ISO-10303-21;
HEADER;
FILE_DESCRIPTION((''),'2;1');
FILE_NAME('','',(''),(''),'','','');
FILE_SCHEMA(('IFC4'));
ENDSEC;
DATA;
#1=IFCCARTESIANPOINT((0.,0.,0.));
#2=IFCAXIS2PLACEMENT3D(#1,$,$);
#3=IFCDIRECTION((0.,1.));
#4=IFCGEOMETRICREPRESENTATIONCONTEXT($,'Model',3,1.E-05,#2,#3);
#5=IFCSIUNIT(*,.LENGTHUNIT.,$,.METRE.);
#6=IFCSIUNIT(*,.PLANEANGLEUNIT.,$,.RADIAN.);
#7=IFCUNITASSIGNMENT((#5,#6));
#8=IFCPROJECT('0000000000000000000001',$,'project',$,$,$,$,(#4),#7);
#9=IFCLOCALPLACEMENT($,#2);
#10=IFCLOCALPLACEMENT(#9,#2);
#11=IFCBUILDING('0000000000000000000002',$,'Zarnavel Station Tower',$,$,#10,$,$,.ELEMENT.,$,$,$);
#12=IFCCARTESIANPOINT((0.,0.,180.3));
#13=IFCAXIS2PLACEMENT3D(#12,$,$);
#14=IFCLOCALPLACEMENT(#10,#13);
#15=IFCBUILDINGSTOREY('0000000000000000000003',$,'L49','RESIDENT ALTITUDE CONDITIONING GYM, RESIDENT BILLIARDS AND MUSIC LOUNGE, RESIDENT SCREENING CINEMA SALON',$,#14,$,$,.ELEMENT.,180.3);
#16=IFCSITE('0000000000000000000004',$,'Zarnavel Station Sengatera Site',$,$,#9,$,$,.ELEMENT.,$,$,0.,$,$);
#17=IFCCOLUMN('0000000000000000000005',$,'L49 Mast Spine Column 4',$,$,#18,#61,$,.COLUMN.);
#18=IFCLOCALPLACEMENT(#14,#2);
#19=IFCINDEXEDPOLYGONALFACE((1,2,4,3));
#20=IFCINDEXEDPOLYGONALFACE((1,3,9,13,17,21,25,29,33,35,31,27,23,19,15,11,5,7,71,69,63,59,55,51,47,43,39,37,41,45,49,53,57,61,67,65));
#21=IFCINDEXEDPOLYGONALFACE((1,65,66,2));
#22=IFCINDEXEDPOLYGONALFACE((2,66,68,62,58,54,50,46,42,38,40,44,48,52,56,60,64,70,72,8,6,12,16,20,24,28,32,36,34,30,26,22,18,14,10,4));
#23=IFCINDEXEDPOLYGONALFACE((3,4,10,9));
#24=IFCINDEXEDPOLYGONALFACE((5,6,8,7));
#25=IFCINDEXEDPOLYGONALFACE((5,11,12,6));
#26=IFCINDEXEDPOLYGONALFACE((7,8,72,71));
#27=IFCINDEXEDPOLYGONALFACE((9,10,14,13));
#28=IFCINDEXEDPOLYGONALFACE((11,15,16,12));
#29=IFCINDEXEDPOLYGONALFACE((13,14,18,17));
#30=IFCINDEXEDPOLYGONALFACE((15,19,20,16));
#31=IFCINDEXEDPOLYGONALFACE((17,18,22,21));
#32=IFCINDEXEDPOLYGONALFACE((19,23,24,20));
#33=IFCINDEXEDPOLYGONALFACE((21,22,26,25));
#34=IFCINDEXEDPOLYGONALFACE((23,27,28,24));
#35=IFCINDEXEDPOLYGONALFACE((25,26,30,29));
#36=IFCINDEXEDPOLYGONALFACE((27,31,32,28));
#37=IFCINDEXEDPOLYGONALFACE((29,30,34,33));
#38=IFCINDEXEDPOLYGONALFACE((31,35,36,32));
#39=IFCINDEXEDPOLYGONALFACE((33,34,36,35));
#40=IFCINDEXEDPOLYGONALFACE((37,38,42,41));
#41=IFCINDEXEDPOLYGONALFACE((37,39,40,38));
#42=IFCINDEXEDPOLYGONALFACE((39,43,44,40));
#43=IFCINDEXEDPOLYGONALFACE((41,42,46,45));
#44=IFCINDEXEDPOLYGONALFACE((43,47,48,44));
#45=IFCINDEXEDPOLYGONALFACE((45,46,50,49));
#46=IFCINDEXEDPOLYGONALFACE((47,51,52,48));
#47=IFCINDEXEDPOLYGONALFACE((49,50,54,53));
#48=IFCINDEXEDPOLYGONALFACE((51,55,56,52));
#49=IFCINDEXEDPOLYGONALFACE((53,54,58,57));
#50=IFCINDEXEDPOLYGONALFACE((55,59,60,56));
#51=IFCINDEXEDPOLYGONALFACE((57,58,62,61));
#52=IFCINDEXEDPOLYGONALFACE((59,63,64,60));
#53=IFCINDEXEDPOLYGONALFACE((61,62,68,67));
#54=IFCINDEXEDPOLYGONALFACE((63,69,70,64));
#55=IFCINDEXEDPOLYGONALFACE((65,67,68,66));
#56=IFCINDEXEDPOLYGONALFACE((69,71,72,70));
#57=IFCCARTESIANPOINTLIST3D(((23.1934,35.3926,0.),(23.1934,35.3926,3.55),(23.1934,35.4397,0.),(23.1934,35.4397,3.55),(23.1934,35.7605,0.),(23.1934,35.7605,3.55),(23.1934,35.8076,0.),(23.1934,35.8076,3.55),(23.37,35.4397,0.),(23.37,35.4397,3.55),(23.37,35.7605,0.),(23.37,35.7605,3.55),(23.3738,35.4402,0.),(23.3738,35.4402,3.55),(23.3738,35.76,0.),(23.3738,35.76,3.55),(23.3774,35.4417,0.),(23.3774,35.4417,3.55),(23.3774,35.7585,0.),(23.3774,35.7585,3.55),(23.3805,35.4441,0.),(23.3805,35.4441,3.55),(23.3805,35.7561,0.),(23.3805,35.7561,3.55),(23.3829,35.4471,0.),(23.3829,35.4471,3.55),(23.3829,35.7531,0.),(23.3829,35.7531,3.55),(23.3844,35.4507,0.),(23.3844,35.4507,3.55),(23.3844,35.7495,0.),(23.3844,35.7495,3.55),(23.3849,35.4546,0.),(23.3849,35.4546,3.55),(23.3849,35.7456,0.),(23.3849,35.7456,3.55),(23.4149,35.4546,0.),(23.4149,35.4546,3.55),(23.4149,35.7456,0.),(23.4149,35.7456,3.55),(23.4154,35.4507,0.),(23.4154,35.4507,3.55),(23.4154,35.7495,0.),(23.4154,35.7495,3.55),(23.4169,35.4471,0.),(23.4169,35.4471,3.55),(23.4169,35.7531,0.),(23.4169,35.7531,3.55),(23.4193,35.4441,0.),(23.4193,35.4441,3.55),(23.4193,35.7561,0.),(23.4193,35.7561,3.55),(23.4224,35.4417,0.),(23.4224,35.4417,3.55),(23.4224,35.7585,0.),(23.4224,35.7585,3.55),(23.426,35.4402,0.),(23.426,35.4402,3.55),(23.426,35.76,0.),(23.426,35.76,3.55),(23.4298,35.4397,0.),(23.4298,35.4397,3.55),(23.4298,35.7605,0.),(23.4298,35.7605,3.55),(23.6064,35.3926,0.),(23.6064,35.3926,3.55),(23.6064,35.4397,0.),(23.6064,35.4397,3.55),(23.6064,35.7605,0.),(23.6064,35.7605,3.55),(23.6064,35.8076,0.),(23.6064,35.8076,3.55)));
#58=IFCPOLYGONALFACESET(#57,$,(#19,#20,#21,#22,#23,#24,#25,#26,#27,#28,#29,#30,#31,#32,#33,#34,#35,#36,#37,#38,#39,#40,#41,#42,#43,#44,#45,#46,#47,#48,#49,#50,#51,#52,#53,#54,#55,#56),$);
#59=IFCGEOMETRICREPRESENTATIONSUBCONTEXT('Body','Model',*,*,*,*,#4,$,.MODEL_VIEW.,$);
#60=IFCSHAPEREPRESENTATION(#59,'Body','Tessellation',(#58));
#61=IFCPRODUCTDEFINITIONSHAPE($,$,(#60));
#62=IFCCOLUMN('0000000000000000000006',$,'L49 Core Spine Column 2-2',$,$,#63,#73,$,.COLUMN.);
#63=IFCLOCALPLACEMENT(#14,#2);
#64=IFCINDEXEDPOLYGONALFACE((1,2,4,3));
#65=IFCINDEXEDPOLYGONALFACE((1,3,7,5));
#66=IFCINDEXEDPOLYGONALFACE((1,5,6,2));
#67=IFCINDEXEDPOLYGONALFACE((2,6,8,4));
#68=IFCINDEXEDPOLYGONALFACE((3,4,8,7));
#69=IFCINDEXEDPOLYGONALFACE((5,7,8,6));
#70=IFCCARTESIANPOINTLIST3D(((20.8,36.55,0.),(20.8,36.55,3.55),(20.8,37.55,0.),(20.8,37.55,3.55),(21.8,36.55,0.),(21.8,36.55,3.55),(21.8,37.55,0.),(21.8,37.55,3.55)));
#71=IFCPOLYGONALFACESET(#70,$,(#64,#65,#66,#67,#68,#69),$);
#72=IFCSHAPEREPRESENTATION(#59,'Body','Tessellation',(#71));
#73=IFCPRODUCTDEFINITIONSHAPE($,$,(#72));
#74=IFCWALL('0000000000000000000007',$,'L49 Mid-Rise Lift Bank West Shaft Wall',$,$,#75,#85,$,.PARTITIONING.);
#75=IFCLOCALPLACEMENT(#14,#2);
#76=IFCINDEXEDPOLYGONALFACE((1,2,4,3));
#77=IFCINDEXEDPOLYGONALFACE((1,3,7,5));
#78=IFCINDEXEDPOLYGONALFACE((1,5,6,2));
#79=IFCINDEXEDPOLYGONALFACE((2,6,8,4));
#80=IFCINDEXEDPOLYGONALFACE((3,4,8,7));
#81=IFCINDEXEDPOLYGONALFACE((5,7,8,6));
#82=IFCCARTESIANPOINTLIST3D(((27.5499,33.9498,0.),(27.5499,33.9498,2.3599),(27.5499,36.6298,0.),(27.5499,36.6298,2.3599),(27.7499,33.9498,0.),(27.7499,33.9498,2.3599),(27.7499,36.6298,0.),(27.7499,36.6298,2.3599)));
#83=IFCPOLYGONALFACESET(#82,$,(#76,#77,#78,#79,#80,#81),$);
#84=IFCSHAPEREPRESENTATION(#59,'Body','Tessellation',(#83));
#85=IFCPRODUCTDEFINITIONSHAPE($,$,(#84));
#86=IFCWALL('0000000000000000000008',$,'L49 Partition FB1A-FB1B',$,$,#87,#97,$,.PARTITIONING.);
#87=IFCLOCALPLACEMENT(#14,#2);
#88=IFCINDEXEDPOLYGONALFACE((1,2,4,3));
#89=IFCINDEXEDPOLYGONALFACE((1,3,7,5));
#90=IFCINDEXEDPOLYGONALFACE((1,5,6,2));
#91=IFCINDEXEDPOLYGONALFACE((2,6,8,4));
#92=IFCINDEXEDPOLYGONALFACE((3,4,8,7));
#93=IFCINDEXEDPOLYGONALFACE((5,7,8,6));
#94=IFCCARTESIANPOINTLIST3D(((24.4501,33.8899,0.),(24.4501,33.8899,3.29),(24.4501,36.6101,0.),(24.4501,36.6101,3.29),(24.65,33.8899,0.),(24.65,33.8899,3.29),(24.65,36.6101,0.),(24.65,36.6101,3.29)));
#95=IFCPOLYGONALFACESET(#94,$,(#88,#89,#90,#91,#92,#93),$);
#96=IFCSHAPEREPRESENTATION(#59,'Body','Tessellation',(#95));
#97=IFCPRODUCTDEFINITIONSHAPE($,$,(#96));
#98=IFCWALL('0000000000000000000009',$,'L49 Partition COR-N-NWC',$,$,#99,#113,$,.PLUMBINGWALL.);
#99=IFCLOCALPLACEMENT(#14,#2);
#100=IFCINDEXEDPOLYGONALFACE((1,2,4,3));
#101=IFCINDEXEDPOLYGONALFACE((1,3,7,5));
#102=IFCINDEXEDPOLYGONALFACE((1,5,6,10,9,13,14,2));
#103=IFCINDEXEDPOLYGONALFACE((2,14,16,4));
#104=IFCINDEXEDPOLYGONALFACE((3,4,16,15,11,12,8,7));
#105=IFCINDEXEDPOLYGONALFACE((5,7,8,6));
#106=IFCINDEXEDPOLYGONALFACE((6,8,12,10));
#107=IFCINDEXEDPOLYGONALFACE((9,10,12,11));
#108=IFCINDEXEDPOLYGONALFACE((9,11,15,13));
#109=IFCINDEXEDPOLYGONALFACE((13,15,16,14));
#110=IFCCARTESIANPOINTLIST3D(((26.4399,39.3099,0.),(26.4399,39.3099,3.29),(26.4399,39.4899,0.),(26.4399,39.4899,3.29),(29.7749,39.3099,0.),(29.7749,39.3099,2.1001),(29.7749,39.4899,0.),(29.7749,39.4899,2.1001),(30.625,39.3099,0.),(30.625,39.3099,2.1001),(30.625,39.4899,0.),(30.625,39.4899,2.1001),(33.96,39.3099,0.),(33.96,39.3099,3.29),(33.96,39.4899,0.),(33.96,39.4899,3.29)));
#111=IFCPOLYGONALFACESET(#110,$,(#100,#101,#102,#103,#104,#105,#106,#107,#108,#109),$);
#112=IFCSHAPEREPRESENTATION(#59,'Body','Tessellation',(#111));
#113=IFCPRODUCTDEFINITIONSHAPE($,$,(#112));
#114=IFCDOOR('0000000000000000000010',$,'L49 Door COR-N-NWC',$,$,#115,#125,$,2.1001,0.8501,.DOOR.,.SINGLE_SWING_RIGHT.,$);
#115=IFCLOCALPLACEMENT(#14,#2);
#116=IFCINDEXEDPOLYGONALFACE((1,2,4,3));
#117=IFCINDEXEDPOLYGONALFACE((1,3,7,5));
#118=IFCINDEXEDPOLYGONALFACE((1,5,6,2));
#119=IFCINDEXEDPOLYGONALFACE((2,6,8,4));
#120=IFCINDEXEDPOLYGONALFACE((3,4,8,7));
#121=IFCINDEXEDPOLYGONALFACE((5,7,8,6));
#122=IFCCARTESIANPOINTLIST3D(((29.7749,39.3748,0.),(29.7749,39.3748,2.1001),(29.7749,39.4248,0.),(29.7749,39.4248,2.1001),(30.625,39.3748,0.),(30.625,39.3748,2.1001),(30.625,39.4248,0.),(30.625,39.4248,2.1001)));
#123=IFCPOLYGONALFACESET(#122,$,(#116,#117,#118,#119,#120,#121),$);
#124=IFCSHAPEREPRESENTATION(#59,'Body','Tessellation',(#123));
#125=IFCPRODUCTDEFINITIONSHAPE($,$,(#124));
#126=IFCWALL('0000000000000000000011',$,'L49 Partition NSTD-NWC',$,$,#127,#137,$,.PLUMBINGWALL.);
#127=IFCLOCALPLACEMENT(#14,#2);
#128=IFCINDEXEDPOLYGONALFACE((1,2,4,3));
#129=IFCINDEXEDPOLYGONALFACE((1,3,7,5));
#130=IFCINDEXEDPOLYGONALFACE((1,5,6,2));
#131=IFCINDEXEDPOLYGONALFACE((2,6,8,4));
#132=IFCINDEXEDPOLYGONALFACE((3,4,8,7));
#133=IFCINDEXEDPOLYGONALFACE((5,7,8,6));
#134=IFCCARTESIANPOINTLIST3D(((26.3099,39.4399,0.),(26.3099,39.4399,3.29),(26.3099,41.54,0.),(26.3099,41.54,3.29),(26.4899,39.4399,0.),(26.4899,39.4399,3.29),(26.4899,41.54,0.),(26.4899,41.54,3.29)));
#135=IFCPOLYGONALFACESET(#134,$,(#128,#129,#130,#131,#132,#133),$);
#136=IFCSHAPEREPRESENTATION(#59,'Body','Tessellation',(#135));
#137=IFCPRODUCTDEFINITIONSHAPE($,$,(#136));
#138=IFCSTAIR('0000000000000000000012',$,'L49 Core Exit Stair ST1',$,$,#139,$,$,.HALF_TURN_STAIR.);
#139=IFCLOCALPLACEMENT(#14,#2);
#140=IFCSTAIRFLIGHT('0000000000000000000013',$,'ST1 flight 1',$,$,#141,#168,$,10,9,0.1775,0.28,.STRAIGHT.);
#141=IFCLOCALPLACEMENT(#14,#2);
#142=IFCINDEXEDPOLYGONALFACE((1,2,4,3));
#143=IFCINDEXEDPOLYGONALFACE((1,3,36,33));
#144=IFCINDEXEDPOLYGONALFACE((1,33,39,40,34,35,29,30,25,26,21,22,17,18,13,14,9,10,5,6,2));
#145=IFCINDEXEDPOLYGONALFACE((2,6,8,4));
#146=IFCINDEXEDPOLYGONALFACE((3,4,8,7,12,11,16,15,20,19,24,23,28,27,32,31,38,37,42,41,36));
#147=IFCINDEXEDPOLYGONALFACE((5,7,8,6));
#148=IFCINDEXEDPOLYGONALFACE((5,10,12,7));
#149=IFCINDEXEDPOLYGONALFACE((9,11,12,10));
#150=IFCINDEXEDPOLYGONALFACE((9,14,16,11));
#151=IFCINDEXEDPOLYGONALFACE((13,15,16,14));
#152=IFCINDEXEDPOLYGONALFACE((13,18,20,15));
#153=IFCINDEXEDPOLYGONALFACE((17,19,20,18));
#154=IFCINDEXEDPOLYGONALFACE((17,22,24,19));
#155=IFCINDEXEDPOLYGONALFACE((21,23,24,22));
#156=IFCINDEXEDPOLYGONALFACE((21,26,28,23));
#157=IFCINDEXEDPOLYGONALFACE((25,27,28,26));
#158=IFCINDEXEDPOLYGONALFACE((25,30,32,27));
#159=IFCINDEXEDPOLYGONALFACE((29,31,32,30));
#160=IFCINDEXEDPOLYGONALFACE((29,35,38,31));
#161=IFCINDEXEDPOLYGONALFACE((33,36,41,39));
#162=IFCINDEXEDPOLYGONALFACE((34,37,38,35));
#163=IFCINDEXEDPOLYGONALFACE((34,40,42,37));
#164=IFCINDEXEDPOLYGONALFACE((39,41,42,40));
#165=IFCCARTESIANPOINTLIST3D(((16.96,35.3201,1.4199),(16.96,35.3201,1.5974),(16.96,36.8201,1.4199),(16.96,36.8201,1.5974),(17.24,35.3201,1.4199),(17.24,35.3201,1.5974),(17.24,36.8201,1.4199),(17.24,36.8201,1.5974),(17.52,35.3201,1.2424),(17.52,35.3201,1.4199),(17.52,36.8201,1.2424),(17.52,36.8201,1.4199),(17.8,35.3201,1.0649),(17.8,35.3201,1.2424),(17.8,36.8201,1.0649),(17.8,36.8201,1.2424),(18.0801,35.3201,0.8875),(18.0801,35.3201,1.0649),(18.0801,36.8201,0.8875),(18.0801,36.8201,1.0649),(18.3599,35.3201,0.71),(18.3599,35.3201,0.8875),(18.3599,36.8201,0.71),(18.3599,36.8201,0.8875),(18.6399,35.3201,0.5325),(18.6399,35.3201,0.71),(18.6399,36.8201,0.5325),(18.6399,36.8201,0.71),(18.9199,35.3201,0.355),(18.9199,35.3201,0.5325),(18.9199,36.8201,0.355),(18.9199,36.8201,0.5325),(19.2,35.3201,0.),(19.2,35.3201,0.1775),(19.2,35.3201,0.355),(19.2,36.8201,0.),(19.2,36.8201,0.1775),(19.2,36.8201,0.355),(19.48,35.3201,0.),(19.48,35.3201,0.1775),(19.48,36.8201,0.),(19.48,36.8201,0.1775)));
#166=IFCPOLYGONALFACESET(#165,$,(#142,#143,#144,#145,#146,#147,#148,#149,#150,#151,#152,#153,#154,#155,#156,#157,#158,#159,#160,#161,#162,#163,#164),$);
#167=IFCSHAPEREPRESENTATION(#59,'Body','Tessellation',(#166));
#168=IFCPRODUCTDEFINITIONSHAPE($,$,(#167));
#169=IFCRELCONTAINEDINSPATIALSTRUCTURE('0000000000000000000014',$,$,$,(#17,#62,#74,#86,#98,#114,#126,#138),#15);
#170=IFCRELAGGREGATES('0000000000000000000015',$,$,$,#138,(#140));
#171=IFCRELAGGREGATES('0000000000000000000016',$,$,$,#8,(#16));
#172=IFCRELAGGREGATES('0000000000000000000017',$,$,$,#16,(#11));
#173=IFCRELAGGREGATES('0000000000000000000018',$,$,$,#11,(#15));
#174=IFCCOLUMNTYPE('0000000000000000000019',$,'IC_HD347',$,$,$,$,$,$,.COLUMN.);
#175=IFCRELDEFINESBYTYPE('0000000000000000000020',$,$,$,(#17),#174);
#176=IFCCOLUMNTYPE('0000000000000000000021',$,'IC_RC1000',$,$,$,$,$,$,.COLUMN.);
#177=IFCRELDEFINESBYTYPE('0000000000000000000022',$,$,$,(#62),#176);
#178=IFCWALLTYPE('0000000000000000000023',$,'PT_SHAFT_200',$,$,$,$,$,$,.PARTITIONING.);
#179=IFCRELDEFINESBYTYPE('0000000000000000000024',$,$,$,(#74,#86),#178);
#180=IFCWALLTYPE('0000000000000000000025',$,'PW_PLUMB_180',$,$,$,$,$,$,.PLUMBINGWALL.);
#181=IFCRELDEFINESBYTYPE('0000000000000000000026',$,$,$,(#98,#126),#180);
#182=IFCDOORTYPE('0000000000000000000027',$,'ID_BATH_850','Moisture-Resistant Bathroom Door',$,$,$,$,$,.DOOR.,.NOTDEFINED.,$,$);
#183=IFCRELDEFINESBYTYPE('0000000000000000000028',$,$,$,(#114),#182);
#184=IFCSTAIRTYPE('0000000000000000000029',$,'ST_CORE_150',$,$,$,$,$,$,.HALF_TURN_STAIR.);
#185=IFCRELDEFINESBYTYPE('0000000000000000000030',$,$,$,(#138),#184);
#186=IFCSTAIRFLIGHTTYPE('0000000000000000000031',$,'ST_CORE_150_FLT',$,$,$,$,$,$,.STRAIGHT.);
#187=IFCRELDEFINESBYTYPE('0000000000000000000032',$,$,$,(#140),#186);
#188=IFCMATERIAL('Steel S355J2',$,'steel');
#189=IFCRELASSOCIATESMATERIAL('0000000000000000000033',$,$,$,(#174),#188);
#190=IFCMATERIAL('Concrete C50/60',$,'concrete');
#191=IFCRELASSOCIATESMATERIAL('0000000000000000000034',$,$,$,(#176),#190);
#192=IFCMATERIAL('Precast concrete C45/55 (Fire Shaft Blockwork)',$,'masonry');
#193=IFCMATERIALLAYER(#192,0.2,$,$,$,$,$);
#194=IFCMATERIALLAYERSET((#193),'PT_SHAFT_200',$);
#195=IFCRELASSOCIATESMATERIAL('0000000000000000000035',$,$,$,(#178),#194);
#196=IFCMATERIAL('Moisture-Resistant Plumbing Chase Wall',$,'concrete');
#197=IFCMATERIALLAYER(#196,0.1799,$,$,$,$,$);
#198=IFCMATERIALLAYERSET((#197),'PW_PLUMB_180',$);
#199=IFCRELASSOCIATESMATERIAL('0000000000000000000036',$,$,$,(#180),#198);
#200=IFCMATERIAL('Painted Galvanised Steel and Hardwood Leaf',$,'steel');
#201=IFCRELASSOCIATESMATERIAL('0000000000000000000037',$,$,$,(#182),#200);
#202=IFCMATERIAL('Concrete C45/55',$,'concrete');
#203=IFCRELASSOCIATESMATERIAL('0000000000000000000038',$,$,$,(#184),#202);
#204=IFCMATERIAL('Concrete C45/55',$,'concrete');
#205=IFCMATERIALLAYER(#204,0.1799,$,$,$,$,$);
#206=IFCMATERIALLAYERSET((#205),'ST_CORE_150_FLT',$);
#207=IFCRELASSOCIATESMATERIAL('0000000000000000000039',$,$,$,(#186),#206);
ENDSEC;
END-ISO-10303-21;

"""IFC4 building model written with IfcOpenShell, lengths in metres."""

from ifc_helpers import new_model, si_unit, direction, frame, frame_2d, origin, origin_2d, place, context, subcontext, project, spatial, polyline, rectangle, i_section, outline, extrude, material, layer, layer_set, material_profile, profile_set, type_object, element, fill, aggregate, save


model = new_model("IFC4")

# Units and contexts
model_context = context("Model", 3, precision=1e-05, world=origin(), true_north=direction((0.0, 1.0)))
body_context = subcontext(model_context, "Body", "Model", "MODEL_VIEW")
ifc_project = project(units=[si_unit("LENGTHUNIT", "METRE"), si_unit("PLANEANGLEUNIT", "RADIAN")], contexts=[model_context])

# Site, building, storey
site_placement = place(None, origin())
site = spatial("IfcSite", under=ifc_project, at=site_placement, Name="Zarnavel Station Sengatera Site", CompositionType="ELEMENT", RefElevation=0.0)
building_placement = place(site_placement, origin())
building = spatial("IfcBuilding", under=site, at=building_placement, Name="Zarnavel Station Tower", CompositionType="ELEMENT")
storey_placement = place(building_placement, frame((0.0, 0.0, 180.3)))
storey = spatial("IfcBuildingStorey", under=building, at=storey_placement, Name="L49", Description="RESIDENT ALTITUDE CONDITIONING GYM, RESIDENT BILLIARDS AND MUSIC LOUNGE, RESIDENT SCREENING CINEMA SALON", CompositionType="ELEMENT", Elevation=180.3)

# Columns
ifc_material_1 = material(Name="Steel S355J2", Category="steel")
ifc_material_profile_1 = material_profile(ifc_material_1, i_section(OverallWidth=0.4131, OverallDepth=0.415, WebThickness=0.03, FlangeThickness=0.0471, FilletRadius=0.0149, at=origin_2d()), Name="HD400x347")
ifc_profile_set_1 = profile_set([ifc_material_profile_1], Name="Steel S355J2")
column_type_1 = type_object("IfcColumnType", Name="IC_HD347", PredefinedType="COLUMN", material=ifc_profile_set_1)
column_1_placement = place(storey_placement, frame((23.3999, 35.6001, 0.0), z_axis=(0.0, 0.0, 1.0), x_axis=(1.0, 0.0, 0.0)))
element("IfcColumn", 1, at=column_1_placement, inside=storey, type_object=column_type_1, Name="L49 Mast Spine Column 4", PredefinedType="COLUMN", context=body_context, shape_type="SweptSolid", body=[
    extrude(i_section(OverallWidth=0.4131, OverallDepth=0.415, WebThickness=0.03, FlangeThickness=0.0471, FilletRadius=0.0149, at=origin_2d()), origin(), (0.0, 0.0, 1.0), 3.55),
])
ifc_material_2 = material(Name="Concrete C50/60", Category="concrete")
ifc_material_profile_2 = material_profile(ifc_material_2, rectangle(XDim=1.0, YDim=1.0, at=origin_2d()), Name="RC1000x1000")
ifc_profile_set_2 = profile_set([ifc_material_profile_2], Name="Concrete C50/60")
column_type_2 = type_object("IfcColumnType", Name="IC_RC1000", PredefinedType="COLUMN", material=ifc_profile_set_2)
column_2_placement = place(storey_placement, frame((21.3, 37.05, 0.0), z_axis=(0.0, 0.0, 1.0), x_axis=(1.0, 0.0, 0.0)))
element("IfcColumn", 2, at=column_2_placement, inside=storey, type_object=column_type_2, Name="L49 Core Spine Column 2-2", PredefinedType="COLUMN", context=body_context, shape_type="SweptSolid", body=[
    extrude(rectangle(XDim=1.0, YDim=1.0, at=origin_2d()), origin(), (0.0, 0.0, 1.0), 3.55),
])

# Wall
ifc_material_3 = material(Name="Precast concrete C45/55 (Fire Shaft Blockwork)", Category="masonry")
ifc_layer_1 = layer(ifc_material_3, 0.2)
ifc_layer_set_1 = layer_set([ifc_layer_1], Name="PT_SHAFT_200")
wall_type_1 = type_object("IfcWallType", Name="PT_SHAFT_200", PredefinedType="PARTITIONING", material=ifc_layer_set_1)
wall_1_placement = place(storey_placement, frame((27.6499, 33.95, 0.0), z_axis=(0.0, 0.0, 1.0), x_axis=(0.0, 1.0, 0.0)))
element("IfcWall", 3, at=wall_1_placement, inside=storey, type_object=wall_type_1, Name="L49 Mid-Rise Lift Bank West Shaft Wall", PredefinedType="PARTITIONING", context=body_context, shape_type="SweptSolid", body=[
    extrude(rectangle(XDim=2.6799, YDim=0.2, at=frame_2d((1.3398, 0.0))), origin(), (0.0, 0.0, 1.0), 2.3599),
])

# Wall
wall_2_placement = place(storey_placement, frame((24.55, 33.8899, 0.0), z_axis=(0.0, 0.0, 1.0), x_axis=(0.0, 1.0, 0.0)))
element("IfcWall", 4, at=wall_2_placement, inside=storey, type_object=wall_type_1, Name="L49 Partition FB1A-FB1B", PredefinedType="PARTITIONING", context=body_context, shape_type="SweptSolid", body=[
    extrude(rectangle(XDim=2.7202, YDim=0.2, at=frame_2d((1.3601, 0.0))), origin(), (0.0, 0.0, 1.0), 3.29),
])

# Wall, opening, door
ifc_material_4 = material(Name="Moisture-Resistant Plumbing Chase Wall", Category="concrete")
ifc_layer_2 = layer(ifc_material_4, 0.1799)
ifc_layer_set_2 = layer_set([ifc_layer_2], Name="PW_PLUMB_180")
wall_type_2 = type_object("IfcWallType", Name="PW_PLUMB_180", PredefinedType="PLUMBINGWALL", material=ifc_layer_set_2)
wall_3_placement = place(storey_placement, frame((26.4399, 39.3999, 0.0), z_axis=(0.0, 0.0, 1.0), x_axis=(1.0, 0.0, 0.0)))
wall_3 = element("IfcWall", 5, at=wall_3_placement, inside=storey, type_object=wall_type_2, Name="L49 Partition COR-N-NWC", PredefinedType="PLUMBINGWALL", context=body_context, shape_type="SweptSolid", body=[
    extrude(rectangle(XDim=7.52, YDim=0.1799, at=frame_2d((3.76, 0.0))), origin(), (0.0, 0.0, 1.0), 3.29),
])
opening_1_placement = place(wall_3_placement, frame((3.335, 0.0, 0.0)))
opening_1 = element("IfcOpeningElement", 6, at=opening_1_placement, cuts=wall_3, PredefinedType="OPENING", context=body_context, shape_type="SweptSolid", body=[
    extrude(rectangle(XDim=0.8501, YDim=2.1001, at=frame_2d((0.425, 1.05))), frame((0.0, 0.0999, 0.0), z_axis=(0.0, -1.0, 0.0), x_axis=(1.0, 0.0, 0.0)), (0.0, 0.0, 1.0), 0.2),
])
ifc_material_5 = material(Name="Painted Galvanised Steel and Hardwood Leaf", Category="steel")
door_type_1 = type_object("IfcDoorType", Name="ID_BATH_850", Description="Moisture-Resistant Bathroom Door", OperationType="NOTDEFINED", PredefinedType="DOOR", material=ifc_material_5)
door_1_placement = place(opening_1_placement, origin())
door_1 = element("IfcDoor", 7, at=door_1_placement, inside=storey, type_object=door_type_1, Name="L49 Door COR-N-NWC", OperationType="SINGLE_SWING_RIGHT", OverallHeight=2.1001, OverallWidth=0.8501, PredefinedType="DOOR", context=body_context, shape_type="SweptSolid", body=[
    extrude(rectangle(XDim=0.8501, YDim=2.1001, at=frame_2d((0.425, 1.05))), frame((0.0, 0.0249, 0.0), z_axis=(0.0, -1.0, 0.0), x_axis=(1.0, 0.0, 0.0)), (0.0, 0.0, 1.0), 0.05),
])
fill(opening_1, door_1)

# Wall
wall_4_placement = place(storey_placement, frame((26.3999, 39.4399, 0.0), z_axis=(0.0, 0.0, 1.0), x_axis=(0.0, 1.0, 0.0)))
element("IfcWall", 8, at=wall_4_placement, inside=storey, type_object=wall_type_2, Name="L49 Partition NSTD-NWC", PredefinedType="PLUMBINGWALL", context=body_context, shape_type="SweptSolid", body=[
    extrude(rectangle(XDim=2.1001, YDim=0.1799, at=frame_2d((1.05, 0.0))), origin(), (0.0, 0.0, 1.0), 3.29),
])

# Stair, stair flight
ifc_material_6 = material(Name="Concrete C45/55", Category="concrete")
stair_type = type_object("IfcStairType", Name="ST_CORE_150", PredefinedType="HALF_TURN_STAIR", material=ifc_material_6)
stair_placement = place(storey_placement, origin())
stair = element("IfcStair", 9, at=stair_placement, inside=storey, type_object=stair_type, Name="L49 Core Exit Stair ST1", PredefinedType="HALF_TURN_STAIR")
ifc_material_7 = material(Name="Concrete C45/55", Category="concrete")
ifc_layer_3 = layer(ifc_material_7, 0.1799)
ifc_layer_set_3 = layer_set([ifc_layer_3], Name="ST_CORE_150_FLT")
stair_flight_type = type_object("IfcStairFlightType", Name="ST_CORE_150_FLT", PredefinedType="STRAIGHT", material=ifc_layer_set_3)
stair_flight_1_placement = place(storey_placement, frame((19.48, 36.0701, 0.0), z_axis=(0.0, 0.0, 1.0), x_axis=(-1.0, 0.0, 0.0)))
stair_flight_1 = element("IfcStairFlight", 10, at=stair_flight_1_placement, type_object=stair_flight_type, Name="ST1 flight 1", NumberOfRisers=10, NumberOfTreads=9, PredefinedType="STRAIGHT", RiserHeight=0.1775, TreadLength=0.28, context=body_context, shape_type="SweptSolid", body=[
    extrude(outline(polyline([(0.0, 0.0), (0.0, 0.1775), (0.28, 0.1775), (0.28, 0.355), (0.5601, 0.355), (0.5601, 0.5325), (0.8401, 0.5325), (0.8401, 0.71), (1.1201, 0.71), (1.1201, 0.8875), (1.3999, 0.8875), (1.3999, 1.0649), (1.6799, 1.0649), (1.6799, 1.2424), (1.96, 1.2424), (1.96, 1.4199), (2.24, 1.4199), (2.24, 1.5974), (2.52, 1.5974), (2.52, 1.7749), (2.52, 1.4199), (0.28, 0.0), (0.0, 0.0)])), frame((0.0, 0.75, 0.0), z_axis=(0.0, -1.0, 0.0), x_axis=(1.0, 0.0, 0.0)), (0.0, 0.0, 1.0), 1.5),
])
aggregate(stair, [stair_flight_1])

save(model, "model.ifc")
